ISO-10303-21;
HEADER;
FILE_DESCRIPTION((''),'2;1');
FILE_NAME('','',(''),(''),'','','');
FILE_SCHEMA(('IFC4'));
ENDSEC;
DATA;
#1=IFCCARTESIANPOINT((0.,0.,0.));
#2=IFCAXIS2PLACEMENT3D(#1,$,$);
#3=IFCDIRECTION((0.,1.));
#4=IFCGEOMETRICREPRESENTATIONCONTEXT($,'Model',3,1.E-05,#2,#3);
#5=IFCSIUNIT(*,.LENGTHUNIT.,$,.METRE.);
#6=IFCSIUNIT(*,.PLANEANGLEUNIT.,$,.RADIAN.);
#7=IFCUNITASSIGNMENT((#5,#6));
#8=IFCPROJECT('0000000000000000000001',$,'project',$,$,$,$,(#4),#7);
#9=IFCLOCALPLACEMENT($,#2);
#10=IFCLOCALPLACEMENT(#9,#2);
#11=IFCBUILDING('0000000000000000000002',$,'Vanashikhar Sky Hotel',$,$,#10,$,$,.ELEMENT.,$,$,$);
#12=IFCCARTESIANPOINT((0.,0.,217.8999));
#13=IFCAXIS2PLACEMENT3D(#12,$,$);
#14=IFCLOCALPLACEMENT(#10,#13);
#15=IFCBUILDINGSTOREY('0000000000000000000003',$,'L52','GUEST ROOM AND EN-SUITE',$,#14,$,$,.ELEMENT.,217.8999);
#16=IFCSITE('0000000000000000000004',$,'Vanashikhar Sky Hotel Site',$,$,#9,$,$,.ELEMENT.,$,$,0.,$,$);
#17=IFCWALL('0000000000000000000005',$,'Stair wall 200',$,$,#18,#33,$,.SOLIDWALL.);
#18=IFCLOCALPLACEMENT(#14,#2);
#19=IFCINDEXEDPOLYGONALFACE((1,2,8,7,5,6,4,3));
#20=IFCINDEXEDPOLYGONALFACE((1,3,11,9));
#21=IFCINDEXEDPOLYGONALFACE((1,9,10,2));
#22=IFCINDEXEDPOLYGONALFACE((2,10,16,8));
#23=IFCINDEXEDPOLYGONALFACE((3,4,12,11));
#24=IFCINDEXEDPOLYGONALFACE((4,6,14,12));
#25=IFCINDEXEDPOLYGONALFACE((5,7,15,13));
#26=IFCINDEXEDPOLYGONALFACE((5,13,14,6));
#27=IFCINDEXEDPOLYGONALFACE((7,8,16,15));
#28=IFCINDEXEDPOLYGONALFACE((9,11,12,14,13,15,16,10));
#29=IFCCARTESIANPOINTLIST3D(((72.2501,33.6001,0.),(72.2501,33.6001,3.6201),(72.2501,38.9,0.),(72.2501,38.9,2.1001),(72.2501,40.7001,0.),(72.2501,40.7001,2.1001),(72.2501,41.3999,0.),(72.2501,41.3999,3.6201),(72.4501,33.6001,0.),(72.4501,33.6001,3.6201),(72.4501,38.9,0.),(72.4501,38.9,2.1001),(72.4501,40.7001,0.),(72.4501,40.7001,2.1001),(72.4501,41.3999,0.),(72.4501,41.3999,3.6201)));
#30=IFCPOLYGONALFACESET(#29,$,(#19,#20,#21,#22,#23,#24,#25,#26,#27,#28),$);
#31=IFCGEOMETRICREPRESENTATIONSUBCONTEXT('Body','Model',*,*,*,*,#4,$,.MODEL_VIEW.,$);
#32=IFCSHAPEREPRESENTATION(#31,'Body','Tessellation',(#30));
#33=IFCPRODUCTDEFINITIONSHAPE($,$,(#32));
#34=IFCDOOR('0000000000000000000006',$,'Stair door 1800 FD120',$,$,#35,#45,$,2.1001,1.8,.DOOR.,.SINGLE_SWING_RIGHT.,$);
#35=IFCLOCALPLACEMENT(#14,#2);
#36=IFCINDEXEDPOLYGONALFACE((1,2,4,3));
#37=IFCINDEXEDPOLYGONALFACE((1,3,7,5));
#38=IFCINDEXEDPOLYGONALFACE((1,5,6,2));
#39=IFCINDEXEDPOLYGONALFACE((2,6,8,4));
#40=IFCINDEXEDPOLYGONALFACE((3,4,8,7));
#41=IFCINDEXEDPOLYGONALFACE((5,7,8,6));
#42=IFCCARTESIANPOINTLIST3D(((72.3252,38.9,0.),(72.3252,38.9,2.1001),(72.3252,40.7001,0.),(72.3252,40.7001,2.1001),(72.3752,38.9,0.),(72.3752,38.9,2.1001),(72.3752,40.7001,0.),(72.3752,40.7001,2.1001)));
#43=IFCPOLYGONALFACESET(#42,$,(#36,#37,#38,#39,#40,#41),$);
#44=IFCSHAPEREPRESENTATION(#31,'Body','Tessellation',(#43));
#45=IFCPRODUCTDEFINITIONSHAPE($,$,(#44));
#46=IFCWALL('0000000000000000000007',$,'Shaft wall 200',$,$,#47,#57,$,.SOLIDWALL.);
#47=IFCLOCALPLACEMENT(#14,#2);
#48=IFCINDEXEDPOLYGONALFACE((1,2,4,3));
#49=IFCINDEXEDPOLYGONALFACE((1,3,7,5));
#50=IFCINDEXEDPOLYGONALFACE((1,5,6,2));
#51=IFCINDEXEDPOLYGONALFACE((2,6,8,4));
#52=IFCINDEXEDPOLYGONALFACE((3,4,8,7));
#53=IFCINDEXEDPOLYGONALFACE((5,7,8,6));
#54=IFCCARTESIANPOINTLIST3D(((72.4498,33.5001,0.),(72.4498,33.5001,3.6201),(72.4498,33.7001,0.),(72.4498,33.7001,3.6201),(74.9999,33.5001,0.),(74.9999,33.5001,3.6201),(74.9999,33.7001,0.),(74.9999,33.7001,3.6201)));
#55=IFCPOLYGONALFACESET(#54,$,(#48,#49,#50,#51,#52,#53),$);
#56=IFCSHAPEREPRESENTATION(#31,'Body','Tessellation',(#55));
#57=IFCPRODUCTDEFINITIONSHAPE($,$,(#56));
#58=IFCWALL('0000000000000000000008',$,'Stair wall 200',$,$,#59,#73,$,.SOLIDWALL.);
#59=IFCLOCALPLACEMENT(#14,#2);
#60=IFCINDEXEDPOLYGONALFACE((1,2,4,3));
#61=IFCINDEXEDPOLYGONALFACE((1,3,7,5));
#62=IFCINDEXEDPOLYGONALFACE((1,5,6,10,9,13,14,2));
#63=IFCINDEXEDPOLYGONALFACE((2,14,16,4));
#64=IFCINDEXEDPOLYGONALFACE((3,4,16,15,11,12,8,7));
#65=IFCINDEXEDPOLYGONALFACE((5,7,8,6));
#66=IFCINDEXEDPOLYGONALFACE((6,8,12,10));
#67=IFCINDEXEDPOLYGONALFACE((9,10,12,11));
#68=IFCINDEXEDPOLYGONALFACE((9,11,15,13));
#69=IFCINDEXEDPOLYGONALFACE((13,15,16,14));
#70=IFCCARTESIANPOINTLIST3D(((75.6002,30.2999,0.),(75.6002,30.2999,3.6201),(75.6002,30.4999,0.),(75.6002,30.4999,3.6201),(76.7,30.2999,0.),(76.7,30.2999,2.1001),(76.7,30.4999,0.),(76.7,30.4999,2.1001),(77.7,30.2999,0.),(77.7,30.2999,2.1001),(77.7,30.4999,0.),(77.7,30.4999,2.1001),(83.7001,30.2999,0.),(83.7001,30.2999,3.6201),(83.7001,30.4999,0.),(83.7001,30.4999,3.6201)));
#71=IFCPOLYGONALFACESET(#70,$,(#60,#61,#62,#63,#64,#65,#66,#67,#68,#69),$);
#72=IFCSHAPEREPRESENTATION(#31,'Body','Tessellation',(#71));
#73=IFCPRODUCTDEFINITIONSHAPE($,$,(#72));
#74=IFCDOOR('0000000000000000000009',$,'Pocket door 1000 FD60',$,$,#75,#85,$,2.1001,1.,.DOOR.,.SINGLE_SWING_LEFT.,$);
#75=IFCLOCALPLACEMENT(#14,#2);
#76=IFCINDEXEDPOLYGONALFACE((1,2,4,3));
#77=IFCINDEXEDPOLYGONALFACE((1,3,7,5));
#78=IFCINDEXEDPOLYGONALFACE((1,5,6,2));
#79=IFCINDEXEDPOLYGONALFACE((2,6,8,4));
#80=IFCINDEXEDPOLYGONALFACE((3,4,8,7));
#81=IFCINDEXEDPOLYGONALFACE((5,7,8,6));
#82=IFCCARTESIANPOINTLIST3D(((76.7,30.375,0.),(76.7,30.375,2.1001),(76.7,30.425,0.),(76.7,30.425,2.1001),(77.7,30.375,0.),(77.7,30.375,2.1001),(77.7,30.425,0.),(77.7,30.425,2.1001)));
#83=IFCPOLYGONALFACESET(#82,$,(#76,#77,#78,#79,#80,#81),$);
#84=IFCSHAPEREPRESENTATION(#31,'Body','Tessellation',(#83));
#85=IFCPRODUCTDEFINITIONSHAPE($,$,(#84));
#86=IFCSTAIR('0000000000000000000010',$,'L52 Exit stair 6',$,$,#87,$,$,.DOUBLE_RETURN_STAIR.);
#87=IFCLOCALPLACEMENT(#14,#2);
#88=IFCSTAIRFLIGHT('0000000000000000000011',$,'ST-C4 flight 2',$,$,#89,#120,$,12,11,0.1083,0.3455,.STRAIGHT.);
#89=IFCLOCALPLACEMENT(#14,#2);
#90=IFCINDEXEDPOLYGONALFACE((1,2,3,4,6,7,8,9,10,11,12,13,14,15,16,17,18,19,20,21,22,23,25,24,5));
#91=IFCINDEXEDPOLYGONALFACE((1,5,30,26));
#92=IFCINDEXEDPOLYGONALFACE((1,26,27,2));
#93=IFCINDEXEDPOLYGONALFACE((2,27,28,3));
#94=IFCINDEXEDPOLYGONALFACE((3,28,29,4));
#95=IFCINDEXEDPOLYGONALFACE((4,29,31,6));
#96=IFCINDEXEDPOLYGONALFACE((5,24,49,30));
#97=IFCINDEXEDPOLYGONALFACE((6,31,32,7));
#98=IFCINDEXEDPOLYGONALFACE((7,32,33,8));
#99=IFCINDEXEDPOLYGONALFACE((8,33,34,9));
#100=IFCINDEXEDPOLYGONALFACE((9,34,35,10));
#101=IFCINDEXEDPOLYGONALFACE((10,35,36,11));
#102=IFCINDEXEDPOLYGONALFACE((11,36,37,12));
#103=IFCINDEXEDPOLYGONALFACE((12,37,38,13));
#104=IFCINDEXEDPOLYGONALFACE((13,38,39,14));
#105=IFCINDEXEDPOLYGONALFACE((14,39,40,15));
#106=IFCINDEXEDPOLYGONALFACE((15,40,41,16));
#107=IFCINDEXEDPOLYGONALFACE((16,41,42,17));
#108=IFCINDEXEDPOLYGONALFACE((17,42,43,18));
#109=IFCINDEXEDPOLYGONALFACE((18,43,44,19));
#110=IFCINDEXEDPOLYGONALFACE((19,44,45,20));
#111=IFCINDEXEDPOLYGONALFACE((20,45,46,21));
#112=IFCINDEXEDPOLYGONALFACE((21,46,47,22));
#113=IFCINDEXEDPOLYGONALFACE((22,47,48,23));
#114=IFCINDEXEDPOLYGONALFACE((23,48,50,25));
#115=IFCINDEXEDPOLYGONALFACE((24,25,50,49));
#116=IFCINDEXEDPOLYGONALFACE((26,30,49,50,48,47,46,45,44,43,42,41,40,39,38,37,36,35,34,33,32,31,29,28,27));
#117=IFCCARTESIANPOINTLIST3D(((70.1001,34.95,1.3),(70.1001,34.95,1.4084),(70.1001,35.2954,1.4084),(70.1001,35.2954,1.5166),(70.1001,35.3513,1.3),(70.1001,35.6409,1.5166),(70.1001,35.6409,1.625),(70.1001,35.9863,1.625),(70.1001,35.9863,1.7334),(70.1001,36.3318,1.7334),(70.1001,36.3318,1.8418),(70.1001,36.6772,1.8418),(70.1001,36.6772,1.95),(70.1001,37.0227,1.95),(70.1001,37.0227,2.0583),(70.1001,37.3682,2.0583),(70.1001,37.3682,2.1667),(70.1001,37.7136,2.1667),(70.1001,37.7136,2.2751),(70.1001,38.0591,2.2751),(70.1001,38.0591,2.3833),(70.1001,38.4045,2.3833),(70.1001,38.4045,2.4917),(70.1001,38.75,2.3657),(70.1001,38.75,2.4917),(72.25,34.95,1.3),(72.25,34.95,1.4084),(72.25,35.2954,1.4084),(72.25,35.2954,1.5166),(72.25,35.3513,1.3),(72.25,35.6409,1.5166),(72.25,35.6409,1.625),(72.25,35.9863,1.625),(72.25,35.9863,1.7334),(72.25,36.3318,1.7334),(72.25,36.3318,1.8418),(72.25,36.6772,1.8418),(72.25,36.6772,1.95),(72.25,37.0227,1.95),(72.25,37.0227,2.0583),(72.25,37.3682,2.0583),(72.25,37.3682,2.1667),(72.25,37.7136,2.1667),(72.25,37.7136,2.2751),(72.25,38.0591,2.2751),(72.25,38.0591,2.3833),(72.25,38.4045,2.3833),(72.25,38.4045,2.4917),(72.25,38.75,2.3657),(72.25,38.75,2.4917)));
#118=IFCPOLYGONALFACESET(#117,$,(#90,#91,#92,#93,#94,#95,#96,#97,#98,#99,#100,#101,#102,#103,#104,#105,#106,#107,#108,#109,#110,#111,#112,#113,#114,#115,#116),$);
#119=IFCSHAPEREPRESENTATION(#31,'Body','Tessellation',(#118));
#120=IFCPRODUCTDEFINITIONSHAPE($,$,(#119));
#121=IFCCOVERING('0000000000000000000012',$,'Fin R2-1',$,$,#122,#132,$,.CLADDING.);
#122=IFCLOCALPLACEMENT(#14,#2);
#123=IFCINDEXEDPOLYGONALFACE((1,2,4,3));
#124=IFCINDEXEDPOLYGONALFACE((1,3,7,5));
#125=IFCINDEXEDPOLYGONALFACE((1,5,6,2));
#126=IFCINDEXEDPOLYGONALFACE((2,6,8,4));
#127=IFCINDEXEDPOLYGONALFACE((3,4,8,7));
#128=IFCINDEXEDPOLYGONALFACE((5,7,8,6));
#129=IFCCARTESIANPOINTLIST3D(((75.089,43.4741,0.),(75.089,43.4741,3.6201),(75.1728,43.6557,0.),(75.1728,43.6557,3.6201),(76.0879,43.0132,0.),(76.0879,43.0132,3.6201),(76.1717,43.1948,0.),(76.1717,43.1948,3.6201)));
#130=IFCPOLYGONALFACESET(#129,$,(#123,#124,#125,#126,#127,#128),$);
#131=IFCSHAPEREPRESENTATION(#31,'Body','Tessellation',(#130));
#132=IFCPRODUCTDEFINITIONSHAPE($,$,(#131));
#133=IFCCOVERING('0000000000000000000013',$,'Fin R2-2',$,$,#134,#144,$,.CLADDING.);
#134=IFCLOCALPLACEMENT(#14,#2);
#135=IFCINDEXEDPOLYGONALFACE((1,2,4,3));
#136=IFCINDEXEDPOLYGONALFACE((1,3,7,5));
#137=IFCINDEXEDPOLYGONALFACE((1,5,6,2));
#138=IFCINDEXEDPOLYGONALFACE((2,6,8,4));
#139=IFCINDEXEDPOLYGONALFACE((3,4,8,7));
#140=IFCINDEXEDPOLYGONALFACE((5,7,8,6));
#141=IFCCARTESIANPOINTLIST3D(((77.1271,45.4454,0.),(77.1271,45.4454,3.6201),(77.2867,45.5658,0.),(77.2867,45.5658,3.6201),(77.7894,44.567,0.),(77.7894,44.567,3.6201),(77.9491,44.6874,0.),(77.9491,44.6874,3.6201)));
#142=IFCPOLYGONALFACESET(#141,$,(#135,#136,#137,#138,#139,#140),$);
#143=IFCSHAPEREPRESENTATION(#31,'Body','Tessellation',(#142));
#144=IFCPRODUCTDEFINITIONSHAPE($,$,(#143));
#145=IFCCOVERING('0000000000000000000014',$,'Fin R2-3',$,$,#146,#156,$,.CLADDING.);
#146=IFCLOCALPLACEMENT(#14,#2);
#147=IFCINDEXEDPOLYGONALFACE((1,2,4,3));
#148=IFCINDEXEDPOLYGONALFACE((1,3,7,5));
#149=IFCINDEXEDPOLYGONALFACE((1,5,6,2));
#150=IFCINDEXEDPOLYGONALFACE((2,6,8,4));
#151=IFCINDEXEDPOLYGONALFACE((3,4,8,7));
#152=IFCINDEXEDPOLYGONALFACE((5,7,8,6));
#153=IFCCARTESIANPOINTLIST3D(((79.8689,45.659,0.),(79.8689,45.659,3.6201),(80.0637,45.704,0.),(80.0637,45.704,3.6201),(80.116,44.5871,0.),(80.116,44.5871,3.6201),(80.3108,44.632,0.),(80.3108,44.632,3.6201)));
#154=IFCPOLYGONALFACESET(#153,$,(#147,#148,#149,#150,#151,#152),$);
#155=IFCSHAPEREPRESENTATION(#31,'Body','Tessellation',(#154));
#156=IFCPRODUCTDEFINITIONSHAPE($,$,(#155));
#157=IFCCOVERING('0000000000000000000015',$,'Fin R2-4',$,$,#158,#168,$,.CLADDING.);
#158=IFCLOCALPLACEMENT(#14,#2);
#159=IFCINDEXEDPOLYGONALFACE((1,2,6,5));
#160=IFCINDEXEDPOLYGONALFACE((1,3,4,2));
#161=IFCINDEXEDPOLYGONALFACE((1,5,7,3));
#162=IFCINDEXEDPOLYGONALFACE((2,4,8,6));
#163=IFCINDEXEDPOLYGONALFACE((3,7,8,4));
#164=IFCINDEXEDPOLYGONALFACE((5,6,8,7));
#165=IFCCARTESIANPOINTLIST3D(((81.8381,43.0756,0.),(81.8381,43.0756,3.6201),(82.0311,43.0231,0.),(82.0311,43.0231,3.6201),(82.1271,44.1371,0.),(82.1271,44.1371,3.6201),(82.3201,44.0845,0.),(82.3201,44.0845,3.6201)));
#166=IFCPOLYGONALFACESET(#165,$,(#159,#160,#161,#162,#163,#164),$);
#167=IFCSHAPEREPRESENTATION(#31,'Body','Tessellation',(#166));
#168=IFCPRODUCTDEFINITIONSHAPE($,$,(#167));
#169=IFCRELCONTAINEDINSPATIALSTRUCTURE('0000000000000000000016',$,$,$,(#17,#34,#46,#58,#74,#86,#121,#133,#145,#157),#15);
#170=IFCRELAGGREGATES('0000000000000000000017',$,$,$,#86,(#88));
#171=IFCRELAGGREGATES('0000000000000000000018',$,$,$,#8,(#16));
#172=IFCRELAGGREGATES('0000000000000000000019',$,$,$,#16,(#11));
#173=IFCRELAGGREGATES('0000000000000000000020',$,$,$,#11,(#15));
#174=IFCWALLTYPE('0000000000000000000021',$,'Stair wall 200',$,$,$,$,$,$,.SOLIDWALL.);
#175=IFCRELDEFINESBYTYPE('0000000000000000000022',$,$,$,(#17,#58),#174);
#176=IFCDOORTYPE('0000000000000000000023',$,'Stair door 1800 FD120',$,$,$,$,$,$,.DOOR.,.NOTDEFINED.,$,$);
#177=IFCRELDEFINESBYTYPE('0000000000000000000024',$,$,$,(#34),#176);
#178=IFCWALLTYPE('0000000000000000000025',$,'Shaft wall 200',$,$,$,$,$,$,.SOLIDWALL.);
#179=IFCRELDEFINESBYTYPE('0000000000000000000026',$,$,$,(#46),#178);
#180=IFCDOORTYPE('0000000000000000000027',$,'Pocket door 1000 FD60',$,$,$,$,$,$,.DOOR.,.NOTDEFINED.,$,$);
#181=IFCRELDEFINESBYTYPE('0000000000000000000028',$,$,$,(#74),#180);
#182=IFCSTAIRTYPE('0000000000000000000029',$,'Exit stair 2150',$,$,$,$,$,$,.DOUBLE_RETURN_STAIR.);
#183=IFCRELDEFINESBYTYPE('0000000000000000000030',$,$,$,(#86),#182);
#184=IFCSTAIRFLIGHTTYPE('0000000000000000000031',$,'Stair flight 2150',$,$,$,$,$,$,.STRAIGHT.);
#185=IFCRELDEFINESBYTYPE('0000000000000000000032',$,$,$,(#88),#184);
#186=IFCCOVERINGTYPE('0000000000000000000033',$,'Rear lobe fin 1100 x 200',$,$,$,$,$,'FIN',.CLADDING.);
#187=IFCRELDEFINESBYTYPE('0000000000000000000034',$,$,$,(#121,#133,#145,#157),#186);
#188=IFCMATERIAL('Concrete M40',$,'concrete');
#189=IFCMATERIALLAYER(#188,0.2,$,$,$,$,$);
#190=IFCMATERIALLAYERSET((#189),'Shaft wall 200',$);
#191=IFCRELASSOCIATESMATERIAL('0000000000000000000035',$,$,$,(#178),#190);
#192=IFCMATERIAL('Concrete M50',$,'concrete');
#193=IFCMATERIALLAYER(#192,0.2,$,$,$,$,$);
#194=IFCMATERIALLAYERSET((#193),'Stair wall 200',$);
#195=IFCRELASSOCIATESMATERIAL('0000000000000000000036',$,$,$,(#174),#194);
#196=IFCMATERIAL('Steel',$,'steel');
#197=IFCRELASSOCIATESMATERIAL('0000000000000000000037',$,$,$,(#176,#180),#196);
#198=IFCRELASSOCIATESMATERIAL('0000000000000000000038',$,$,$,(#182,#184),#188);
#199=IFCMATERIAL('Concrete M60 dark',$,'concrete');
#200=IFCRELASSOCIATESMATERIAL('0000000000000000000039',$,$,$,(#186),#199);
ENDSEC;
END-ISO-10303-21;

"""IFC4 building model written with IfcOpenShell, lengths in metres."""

from ifc_helpers import new_model, si_unit, direction, frame, frame_2d, origin, origin_2d, place, context, subcontext, project, spatial, polyline, rectangle, outline, extrude, source, transform, mapped, material, layer, layer_set, material_profile, profile_set, type_object, element, fill, aggregate, save


model = new_model("IFC4")

# Units and contexts
model_context = context("Model", 3, precision=1e-05, world=origin(), true_north=direction((0.0, 1.0)))
body_context = subcontext(model_context, "Body", "Model", "MODEL_VIEW")
ifc_project = project(units=[si_unit("LENGTHUNIT", "METRE"), si_unit("PLANEANGLEUNIT", "RADIAN")], contexts=[model_context])

# Site, building, storey
site_placement = place(None, origin())
site = spatial("IfcSite", under=ifc_project, at=site_placement, Name="Vanashikhar Sky Hotel Site", CompositionType="ELEMENT", RefElevation=0.0)
building_placement = place(site_placement, origin())
building = spatial("IfcBuilding", under=site, at=building_placement, Name="Vanashikhar Sky Hotel", CompositionType="ELEMENT")
storey_placement = place(building_placement, frame((0.0, 0.0, 217.8999)))
storey = spatial("IfcBuildingStorey", under=building, at=storey_placement, Name="L52", Description="GUEST ROOM AND EN-SUITE", CompositionType="ELEMENT", Elevation=217.8999)

# Shared definitions
ifc_material_1 = material(Name="Concrete M50", Category="concrete")

# Shared definitions
ifc_material_2 = material(Name="Concrete M40", Category="concrete")
ifc_layer_1 = layer(ifc_material_2, 0.2)
ifc_layer_set_1 = layer_set([ifc_layer_1], Name="Shaft wall 200")
wall_type_1 = type_object("IfcWallType", Name="Shaft wall 200", PredefinedType="SOLIDWALL", material=ifc_layer_set_1)

# Wall, opening, door
ifc_layer_2 = layer(ifc_material_1, 0.2)
ifc_layer_set_2 = layer_set([ifc_layer_2], Name="Stair wall 200")
wall_type_2 = type_object("IfcWallType", Name="Stair wall 200", PredefinedType="SOLIDWALL", material=ifc_layer_set_2)
shared_shape_1 = source(origin(), body_context, "Body", "SweptSolid", [
    extrude(rectangle(XDim=7.7998, YDim=0.2, at=frame_2d((3.8999, 0.0))), origin(), (0.0, 0.0, 1.0), 3.6201),
])
wall_1_placement = place(storey_placement, frame((72.3501, 33.6001, 0.0), z_axis=(0.0, 0.0, 1.0), x_axis=(0.0, 1.0, 0.0)))
wall_1 = element("IfcWall", 1, at=wall_1_placement, inside=storey, type_object=wall_type_2, Name="Stair wall 200", PredefinedType="SOLIDWALL", context=body_context, shape_type="MappedRepresentation", body=[
    mapped(shared_shape_1, transform((0.0, 0.0, 0.0), scale=1.0)),
])
shared_shape_2 = source(origin(), body_context, "Body", "SweptSolid", [
    extrude(rectangle(XDim=1.8, YDim=2.1001, at=frame_2d((0.8999, 1.05))), frame((0.0, 0.1099, 0.0), z_axis=(0.0, -1.0, 0.0), x_axis=(1.0, 0.0, 0.0)), (0.0, 0.0, 1.0), 0.22),
])
opening_1_placement = place(wall_1_placement, frame((5.3, 0.0, 0.0)))
opening_1 = element("IfcOpeningElement", 2, at=opening_1_placement, cuts=wall_1, PredefinedType="OPENING", context=body_context, shape_type="MappedRepresentation", body=[
    mapped(shared_shape_2, transform((0.0, 0.0, 0.0), scale=1.0)),
])
ifc_material_3 = material(Name="Steel", Category="steel")
door_type_1 = type_object("IfcDoorType", Name="Stair door 1800 FD120", OperationType="NOTDEFINED", PredefinedType="DOOR", material=ifc_material_3)
shared_shape_3 = source(origin(), body_context, "Body", "SweptSolid", [
    extrude(rectangle(XDim=1.8, YDim=2.1001, at=frame_2d((0.8999, 1.05))), frame((0.0, 0.0249, 0.0), z_axis=(0.0, -1.0, 0.0), x_axis=(1.0, 0.0, 0.0)), (0.0, 0.0, 1.0), 0.05),
])
door_1_placement = place(opening_1_placement, origin())
door_1 = element("IfcDoor", 3, at=door_1_placement, inside=storey, type_object=door_type_1, Name="Stair door 1800 FD120", OperationType="SINGLE_SWING_RIGHT", OverallHeight=2.1001, OverallWidth=1.8, PredefinedType="DOOR", context=body_context, shape_type="MappedRepresentation", body=[
    mapped(shared_shape_3, transform((0.0, 0.0, 0.0), scale=1.0)),
])
fill(opening_1, door_1)

# Wall
shared_shape_4 = source(origin(), body_context, "Body", "SweptSolid", [
    extrude(rectangle(XDim=2.55, YDim=0.2, at=frame_2d((1.2749, 0.0))), origin(), (0.0, 0.0, 1.0), 3.6201),
])
wall_2_placement = place(storey_placement, frame((72.45, 33.6001, 0.0), z_axis=(0.0, 0.0, 1.0), x_axis=(1.0, 0.0, 0.0)))
element("IfcWall", 4, at=wall_2_placement, inside=storey, type_object=wall_type_1, Name="Shaft wall 200", PredefinedType="SOLIDWALL", context=body_context, shape_type="MappedRepresentation", body=[
    mapped(shared_shape_4, transform((0.0, 0.0, 0.0), scale=1.0)),
])

# Wall, opening, door
shared_shape_5 = source(origin(), body_context, "Body", "SweptSolid", [
    extrude(rectangle(XDim=8.0999, YDim=0.2, at=frame_2d((4.0498, 0.0))), origin(), (0.0, 0.0, 1.0), 3.6201),
])
wall_3_placement = place(storey_placement, frame((83.7, 30.3999, 0.0), z_axis=(0.0, 0.0, 1.0), x_axis=(-1.0, 0.0, 0.0)))
wall_3 = element("IfcWall", 5, at=wall_3_placement, inside=storey, type_object=wall_type_2, Name="Stair wall 200", PredefinedType="SOLIDWALL", context=body_context, shape_type="MappedRepresentation", body=[
    mapped(shared_shape_5, transform((0.0, 0.0, 0.0), scale=1.0)),
])
shared_shape_6 = source(origin(), body_context, "Body", "SweptSolid", [
    extrude(rectangle(XDim=1.0, YDim=2.1001, at=frame_2d((0.5, 1.05))), frame((0.0, 0.1099, 0.0), z_axis=(0.0, -1.0, 0.0), x_axis=(1.0, 0.0, 0.0)), (0.0, 0.0, 1.0), 0.22),
])
opening_2_placement = place(wall_3_placement, frame((6.0, 0.0, 0.0)))
opening_2 = element("IfcOpeningElement", 6, at=opening_2_placement, cuts=wall_3, PredefinedType="OPENING", context=body_context, shape_type="MappedRepresentation", body=[
    mapped(shared_shape_6, transform((0.0, 0.0, 0.0), scale=1.0)),
])
door_type_2 = type_object("IfcDoorType", Name="Pocket door 1000 FD60", OperationType="NOTDEFINED", PredefinedType="DOOR", material=ifc_material_3)
shared_shape_7 = source(origin(), body_context, "Body", "SweptSolid", [
    extrude(rectangle(XDim=1.0, YDim=2.1001, at=frame_2d((0.5, 1.05))), frame((0.0, 0.0249, 0.0), z_axis=(0.0, -1.0, 0.0), x_axis=(1.0, 0.0, 0.0)), (0.0, 0.0, 1.0), 0.05),
])
door_2_placement = place(opening_2_placement, origin())
door_2 = element("IfcDoor", 7, at=door_2_placement, inside=storey, type_object=door_type_2, Name="Pocket door 1000 FD60", OperationType="SINGLE_SWING_LEFT", OverallHeight=2.1001, OverallWidth=1.0, PredefinedType="DOOR", context=body_context, shape_type="MappedRepresentation", body=[
    mapped(shared_shape_7, transform((0.0, 0.0, 0.0), scale=1.0)),
])
fill(opening_2, door_2)

# Stair, stair flight
stair_type = type_object("IfcStairType", Name="Exit stair 2150", PredefinedType="DOUBLE_RETURN_STAIR", material=ifc_material_2)
stair_placement = place(storey_placement, origin())
stair = element("IfcStair", 8, at=stair_placement, inside=storey, type_object=stair_type, Name="L52 Exit stair 6", PredefinedType="DOUBLE_RETURN_STAIR")
stair_flight_type = type_object("IfcStairFlightType", Name="Stair flight 2150", PredefinedType="STRAIGHT", material=ifc_material_2)
shared_shape_8 = source(origin(), body_context, "Body", "SweptSolid", [
    extrude(outline(polyline([(0.0, 0.0), (0.0, 0.1084), (0.3455, 0.1084), (0.3455, 0.2166), (0.6909, 0.2166), (0.6909, 0.325), (1.0364, 0.325), (1.0364, 0.4333), (1.3818, 0.4333), (1.3818, 0.5417), (1.7273, 0.5417), (1.7273, 0.6499), (2.0728, 0.6499), (2.0728, 0.7583), (2.4182, 0.7583), (2.4182, 0.8667), (2.7637, 0.8667), (2.7637, 0.9751), (3.1091, 0.9751), (3.1091, 1.0833), (3.4546, 1.0833), (3.4546, 1.1917), (3.8, 1.1917), (3.8, 1.3), (3.8, 1.0657), (0.4014, 0.0), (0.0, 0.0)])), frame((0.0, 1.075, 0.0), z_axis=(0.0, -1.0, 0.0), x_axis=(1.0, 0.0, 0.0)), (0.0, 0.0, 1.0), 2.1499),
])
stair_flight_placement = place(storey_placement, frame((71.175, 34.95, 1.3), z_axis=(0.0, 0.0, 1.0), x_axis=(0.0, 1.0, 0.0)))
stair_flight = element("IfcStairFlight", 9, at=stair_flight_placement, type_object=stair_flight_type, Name="ST-C4 flight 2", NumberOfRisers=12, NumberOfTreads=11, PredefinedType="STRAIGHT", RiserHeight=0.1083, TreadLength=0.3455, context=body_context, shape_type="MappedRepresentation", body=[
    mapped(shared_shape_8, transform((0.0, 0.0, 0.0), scale=1.0)),
])
aggregate(stair, [stair_flight])

# Coverings
ifc_material_4 = material(Name="Concrete M60 dark", Category="concrete")
ifc_material_profile = material_profile(ifc_material_4, rectangle(XDim=1.1001, YDim=0.2, at=origin_2d()))
ifc_profile_set = profile_set([ifc_material_profile], Name="Rear lobe fin 1100 x 200")
covering_type = type_object("IfcCoveringType", Name="Rear lobe fin 1100 x 200", ElementType="FIN", PredefinedType="CLADDING", material=ifc_profile_set)
shared_shape_9 = source(origin(), body_context, "Body", "SweptSolid", [
    extrude(rectangle(XDim=1.1001, YDim=0.2, at=origin_2d()), origin(), (0.0, 0.0, 1.0), 3.6201),
])
for number, where, z_axis, x_axis, name in (
    (10, (75.6304, 43.3345, 0.0), (0.0, 0.0, 1.0), (-0.908004, 0.418961, 0.0), "Fin R2-1"),
    (11, (77.5381, 45.0664, 0.0), (0.0, 0.0, 1.0), (-0.602066, 0.798446, 0.0), "Fin R2-2"),
    (12, (80.0898, 45.1455, 0.0), (0.0, 0.0, 1.0), (-0.224645, 0.974441, 0.0), "Fin R2-3"),
    (13, (82.0791, 43.5801, 0.0), (0.0, 0.0, 1.0), (0.262711, 0.964874, 0.0), "Fin R2-4"),
):
    element("IfcCovering", number, at=place(storey_placement, frame(where, z_axis=z_axis, x_axis=x_axis)), inside=storey, type_object=covering_type, Name=name, PredefinedType="CLADDING", context=body_context, shape_type="MappedRepresentation", body=[
        mapped(shared_shape_9, transform((0.0, 0.0, 0.0), scale=1.0)),
    ])

save(model, "model.ifc")
